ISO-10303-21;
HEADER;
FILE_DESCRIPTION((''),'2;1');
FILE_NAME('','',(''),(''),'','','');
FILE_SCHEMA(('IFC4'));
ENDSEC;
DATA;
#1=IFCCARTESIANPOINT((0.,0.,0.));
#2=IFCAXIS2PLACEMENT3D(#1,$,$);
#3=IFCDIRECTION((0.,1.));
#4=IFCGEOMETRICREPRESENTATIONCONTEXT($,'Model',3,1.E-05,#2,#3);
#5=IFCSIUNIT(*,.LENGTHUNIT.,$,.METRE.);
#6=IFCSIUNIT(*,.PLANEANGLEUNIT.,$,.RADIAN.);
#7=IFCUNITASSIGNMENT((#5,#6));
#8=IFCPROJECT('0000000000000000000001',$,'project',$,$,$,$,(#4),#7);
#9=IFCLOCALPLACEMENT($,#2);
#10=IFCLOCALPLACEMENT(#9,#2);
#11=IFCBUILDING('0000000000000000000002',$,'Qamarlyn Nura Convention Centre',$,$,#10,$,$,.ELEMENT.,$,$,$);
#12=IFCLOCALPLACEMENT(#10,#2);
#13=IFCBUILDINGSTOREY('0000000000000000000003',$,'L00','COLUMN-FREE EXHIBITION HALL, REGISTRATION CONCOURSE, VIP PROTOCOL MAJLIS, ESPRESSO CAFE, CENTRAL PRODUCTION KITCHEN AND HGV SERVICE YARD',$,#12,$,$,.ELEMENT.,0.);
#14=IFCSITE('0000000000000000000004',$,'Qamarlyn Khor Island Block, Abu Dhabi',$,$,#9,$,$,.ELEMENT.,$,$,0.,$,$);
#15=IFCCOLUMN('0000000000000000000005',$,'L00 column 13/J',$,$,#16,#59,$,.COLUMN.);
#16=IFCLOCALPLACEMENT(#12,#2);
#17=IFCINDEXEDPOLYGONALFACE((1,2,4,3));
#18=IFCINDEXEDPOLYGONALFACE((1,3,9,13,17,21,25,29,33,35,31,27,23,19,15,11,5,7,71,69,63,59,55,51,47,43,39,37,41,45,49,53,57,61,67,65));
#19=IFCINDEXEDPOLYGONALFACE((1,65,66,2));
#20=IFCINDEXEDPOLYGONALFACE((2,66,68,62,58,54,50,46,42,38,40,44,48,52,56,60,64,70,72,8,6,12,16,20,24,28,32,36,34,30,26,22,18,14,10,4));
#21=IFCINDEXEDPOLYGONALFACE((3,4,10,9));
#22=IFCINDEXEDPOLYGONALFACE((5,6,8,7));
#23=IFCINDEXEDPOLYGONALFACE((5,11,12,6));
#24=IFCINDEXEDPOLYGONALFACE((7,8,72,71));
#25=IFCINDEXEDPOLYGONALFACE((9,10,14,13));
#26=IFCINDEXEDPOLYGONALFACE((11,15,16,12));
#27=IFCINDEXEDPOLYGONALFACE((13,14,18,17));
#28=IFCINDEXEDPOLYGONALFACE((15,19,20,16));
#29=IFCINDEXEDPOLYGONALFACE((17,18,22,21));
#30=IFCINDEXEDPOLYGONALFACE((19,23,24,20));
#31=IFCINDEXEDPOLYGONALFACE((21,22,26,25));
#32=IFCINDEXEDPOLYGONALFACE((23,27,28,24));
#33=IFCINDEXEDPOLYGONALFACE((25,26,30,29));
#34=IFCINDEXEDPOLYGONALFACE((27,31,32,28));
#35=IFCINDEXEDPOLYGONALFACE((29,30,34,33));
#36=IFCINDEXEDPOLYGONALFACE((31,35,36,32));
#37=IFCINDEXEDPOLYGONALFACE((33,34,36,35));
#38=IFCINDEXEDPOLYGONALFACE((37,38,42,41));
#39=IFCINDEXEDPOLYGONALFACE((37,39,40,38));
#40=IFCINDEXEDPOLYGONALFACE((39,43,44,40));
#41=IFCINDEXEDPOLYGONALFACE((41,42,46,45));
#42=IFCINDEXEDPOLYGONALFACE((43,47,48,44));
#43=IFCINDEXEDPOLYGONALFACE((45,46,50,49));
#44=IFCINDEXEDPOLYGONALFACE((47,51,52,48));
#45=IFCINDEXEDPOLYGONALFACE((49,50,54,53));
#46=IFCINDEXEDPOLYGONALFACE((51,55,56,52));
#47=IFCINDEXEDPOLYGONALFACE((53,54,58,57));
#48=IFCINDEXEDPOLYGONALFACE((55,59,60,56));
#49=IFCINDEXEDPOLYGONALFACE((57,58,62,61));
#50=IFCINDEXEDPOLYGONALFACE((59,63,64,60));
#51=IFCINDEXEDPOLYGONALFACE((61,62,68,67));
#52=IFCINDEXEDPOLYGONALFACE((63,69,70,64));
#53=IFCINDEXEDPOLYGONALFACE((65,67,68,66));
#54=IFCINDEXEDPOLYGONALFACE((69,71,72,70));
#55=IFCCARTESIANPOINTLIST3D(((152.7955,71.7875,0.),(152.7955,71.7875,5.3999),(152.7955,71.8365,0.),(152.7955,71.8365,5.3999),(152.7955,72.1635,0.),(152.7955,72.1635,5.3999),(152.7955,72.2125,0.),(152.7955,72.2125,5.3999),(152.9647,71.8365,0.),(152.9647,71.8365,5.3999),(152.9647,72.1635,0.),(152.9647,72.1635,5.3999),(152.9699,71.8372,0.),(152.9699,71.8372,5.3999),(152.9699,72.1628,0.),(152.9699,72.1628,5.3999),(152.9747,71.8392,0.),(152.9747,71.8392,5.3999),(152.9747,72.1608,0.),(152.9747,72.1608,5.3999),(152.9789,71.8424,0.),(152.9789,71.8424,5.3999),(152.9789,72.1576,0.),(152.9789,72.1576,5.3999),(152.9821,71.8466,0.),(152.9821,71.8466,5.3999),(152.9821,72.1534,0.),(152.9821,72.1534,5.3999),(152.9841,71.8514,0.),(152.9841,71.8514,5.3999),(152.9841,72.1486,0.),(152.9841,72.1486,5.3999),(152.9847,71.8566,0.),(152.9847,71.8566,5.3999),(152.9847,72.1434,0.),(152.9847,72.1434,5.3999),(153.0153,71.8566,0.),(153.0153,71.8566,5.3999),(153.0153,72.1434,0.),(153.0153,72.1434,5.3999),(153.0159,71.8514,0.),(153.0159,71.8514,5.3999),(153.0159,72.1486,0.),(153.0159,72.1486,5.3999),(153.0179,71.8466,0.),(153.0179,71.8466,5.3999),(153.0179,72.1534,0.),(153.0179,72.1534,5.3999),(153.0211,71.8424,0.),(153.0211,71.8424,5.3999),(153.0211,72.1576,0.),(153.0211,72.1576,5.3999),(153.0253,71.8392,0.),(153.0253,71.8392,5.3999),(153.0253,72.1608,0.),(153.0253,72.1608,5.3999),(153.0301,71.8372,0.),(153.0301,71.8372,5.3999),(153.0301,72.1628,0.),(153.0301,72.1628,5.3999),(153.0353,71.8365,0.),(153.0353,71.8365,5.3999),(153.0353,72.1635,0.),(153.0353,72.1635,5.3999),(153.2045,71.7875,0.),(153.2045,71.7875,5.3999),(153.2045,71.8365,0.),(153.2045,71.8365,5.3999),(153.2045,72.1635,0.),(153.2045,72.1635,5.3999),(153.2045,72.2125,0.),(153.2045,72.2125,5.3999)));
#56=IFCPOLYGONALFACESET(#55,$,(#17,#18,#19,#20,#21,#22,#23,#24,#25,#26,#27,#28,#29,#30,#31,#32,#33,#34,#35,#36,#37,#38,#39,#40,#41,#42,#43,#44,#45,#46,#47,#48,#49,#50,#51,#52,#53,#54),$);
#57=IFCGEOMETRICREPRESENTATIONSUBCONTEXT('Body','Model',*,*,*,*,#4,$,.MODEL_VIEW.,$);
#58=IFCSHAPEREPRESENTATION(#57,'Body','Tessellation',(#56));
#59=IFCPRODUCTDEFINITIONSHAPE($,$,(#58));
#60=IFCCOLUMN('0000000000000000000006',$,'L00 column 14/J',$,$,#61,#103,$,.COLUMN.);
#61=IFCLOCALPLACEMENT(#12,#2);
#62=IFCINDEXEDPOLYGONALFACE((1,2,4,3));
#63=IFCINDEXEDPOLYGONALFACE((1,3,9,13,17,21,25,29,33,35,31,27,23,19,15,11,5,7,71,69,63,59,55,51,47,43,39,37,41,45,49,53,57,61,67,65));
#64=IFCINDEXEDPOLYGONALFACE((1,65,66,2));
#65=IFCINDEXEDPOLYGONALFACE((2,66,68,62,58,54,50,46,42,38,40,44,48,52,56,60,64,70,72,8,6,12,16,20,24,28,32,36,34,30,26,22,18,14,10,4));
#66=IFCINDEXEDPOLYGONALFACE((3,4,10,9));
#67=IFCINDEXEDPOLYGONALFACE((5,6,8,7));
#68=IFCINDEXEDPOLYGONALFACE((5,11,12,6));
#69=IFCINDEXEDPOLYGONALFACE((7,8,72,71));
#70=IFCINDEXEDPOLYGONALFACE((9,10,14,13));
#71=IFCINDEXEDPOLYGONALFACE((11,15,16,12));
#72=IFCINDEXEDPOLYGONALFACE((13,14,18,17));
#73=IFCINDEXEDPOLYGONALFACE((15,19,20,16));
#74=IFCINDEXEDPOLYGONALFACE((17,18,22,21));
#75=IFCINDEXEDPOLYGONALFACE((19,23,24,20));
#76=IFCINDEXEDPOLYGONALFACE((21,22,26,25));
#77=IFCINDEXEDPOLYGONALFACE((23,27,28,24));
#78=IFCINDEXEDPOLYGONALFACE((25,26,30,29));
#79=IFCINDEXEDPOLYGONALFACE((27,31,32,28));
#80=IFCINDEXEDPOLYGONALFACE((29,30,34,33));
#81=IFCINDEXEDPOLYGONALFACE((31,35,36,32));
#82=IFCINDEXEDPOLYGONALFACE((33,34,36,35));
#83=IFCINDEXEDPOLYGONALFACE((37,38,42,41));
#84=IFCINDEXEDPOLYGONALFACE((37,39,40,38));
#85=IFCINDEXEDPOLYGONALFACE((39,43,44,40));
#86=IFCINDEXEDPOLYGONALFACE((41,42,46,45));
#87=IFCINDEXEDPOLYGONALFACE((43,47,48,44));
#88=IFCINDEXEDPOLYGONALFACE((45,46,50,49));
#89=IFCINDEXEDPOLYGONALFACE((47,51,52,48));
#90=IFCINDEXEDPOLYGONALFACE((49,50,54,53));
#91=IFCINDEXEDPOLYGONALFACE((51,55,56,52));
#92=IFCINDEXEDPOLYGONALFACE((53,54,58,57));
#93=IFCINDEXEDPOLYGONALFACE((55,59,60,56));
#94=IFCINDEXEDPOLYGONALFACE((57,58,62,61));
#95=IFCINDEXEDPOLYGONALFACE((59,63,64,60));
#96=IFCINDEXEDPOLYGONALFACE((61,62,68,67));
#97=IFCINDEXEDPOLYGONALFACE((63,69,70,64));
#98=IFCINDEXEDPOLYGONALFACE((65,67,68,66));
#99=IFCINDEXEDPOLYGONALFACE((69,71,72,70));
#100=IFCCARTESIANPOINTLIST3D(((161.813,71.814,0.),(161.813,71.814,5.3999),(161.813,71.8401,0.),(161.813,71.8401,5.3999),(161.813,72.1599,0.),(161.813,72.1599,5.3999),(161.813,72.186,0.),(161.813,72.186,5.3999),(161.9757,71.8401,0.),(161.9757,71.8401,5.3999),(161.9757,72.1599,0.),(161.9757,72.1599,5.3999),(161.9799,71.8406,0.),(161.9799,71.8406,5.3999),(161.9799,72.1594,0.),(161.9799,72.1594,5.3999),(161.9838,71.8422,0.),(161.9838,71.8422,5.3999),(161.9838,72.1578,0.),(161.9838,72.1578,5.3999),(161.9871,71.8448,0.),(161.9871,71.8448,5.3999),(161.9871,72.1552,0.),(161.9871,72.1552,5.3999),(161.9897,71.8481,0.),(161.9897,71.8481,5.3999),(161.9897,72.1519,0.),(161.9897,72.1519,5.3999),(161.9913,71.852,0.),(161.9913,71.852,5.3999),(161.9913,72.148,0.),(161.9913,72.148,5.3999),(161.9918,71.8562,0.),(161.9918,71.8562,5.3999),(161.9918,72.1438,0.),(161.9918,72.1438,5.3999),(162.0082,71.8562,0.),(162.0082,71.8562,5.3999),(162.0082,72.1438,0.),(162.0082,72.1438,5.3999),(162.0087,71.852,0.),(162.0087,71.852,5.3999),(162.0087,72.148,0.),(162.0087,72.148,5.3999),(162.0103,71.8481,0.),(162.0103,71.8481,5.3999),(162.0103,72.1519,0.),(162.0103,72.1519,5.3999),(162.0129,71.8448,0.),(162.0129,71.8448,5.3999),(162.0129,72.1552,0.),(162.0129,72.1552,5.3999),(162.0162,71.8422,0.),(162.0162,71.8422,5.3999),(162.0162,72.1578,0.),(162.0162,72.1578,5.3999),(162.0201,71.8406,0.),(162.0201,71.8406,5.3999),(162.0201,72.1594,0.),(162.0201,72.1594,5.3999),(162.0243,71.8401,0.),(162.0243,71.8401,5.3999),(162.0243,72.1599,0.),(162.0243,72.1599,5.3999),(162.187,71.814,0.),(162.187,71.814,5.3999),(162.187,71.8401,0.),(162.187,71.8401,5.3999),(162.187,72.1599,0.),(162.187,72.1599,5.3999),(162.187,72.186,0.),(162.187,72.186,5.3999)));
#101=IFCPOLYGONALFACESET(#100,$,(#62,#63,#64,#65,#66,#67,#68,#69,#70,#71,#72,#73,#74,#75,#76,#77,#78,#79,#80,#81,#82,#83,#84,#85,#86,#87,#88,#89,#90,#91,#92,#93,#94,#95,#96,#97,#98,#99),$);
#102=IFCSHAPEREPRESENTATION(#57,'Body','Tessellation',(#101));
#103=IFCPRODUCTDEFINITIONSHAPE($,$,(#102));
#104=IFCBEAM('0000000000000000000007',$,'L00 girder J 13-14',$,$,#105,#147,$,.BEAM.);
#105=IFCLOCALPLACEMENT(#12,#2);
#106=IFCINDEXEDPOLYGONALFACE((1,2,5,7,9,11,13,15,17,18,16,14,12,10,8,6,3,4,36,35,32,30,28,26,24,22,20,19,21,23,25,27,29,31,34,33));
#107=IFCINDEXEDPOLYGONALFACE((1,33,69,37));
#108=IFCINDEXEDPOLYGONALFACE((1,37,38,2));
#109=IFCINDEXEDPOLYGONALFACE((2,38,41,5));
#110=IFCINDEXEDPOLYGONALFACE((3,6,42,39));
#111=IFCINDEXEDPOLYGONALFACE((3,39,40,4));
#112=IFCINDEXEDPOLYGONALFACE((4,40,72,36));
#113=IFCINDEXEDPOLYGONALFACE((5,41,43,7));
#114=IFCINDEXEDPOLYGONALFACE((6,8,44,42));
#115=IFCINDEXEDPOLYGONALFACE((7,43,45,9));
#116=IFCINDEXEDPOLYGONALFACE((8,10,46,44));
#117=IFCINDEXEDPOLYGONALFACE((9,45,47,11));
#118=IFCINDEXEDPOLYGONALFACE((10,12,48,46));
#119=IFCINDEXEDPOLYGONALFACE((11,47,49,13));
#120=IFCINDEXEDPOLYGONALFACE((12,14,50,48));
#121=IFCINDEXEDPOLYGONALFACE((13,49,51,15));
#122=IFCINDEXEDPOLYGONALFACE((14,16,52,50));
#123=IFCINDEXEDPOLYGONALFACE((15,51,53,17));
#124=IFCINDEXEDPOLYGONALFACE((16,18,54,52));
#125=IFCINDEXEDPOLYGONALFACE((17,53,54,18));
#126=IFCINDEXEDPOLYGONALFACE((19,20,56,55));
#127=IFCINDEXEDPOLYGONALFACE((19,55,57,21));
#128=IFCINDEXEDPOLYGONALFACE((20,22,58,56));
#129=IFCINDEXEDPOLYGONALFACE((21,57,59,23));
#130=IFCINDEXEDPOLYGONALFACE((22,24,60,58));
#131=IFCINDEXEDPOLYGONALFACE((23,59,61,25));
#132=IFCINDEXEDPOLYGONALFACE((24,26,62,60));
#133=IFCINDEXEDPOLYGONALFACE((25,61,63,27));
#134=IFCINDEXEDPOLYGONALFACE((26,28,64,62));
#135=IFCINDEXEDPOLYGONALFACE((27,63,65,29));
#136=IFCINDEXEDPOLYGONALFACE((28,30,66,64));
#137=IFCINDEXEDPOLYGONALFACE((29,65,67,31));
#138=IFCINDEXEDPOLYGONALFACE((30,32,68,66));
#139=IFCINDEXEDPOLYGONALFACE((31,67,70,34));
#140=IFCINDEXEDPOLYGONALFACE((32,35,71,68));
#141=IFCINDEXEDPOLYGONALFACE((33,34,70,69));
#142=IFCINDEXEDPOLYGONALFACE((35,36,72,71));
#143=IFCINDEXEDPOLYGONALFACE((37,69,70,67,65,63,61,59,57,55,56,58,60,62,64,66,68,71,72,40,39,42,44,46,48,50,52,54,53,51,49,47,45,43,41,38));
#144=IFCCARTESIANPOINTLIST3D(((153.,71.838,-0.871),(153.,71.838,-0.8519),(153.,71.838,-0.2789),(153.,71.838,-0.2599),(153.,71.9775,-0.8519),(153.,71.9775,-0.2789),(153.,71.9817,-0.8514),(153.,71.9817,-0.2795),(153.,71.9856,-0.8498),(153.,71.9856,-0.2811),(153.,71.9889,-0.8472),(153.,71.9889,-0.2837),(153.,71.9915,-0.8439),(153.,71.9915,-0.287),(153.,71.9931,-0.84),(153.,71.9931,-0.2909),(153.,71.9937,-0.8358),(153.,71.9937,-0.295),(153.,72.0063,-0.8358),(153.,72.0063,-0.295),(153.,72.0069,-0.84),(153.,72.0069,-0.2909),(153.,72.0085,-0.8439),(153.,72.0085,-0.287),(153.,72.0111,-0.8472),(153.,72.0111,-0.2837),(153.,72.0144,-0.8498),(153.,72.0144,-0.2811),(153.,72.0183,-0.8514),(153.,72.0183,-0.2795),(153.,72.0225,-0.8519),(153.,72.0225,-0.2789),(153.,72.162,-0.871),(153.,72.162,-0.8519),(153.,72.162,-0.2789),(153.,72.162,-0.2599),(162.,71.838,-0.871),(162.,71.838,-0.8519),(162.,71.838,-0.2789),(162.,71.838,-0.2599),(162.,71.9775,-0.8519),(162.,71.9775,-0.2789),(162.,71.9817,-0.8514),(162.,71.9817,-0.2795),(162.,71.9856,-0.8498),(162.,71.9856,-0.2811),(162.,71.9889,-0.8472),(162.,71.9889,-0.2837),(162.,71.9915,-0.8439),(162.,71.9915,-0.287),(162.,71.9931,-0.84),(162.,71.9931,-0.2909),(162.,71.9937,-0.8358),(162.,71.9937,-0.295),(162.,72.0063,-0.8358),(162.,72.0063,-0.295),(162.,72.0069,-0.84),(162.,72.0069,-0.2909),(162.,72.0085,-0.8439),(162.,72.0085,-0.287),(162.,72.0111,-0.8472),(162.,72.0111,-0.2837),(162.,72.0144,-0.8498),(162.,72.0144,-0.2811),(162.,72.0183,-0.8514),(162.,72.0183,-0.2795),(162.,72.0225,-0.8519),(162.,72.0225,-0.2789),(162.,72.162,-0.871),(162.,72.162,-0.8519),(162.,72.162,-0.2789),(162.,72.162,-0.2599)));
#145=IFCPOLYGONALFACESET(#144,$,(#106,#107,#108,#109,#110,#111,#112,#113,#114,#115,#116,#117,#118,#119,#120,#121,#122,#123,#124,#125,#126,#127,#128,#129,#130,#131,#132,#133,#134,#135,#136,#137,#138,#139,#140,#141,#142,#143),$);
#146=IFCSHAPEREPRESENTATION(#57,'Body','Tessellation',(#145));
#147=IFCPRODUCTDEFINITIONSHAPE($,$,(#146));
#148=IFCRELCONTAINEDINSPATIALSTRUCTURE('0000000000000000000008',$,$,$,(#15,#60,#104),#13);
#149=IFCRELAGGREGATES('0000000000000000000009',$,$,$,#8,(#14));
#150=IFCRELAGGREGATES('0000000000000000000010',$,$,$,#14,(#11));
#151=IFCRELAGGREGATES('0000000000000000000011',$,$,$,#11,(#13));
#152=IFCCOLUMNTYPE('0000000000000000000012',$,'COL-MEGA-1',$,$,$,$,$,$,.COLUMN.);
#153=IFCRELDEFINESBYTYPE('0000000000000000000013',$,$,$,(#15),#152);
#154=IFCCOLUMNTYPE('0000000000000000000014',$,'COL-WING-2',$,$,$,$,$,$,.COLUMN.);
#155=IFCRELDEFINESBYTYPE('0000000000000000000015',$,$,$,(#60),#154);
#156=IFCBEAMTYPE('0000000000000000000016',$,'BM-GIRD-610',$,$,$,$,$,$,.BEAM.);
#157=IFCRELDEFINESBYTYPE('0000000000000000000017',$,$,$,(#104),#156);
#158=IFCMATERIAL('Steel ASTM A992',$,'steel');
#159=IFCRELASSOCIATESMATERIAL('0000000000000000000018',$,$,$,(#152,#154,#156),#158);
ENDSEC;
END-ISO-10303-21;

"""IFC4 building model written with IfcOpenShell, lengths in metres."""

from ifc_helpers import new_model, si_unit, direction, frame, origin, origin_2d, place, context, subcontext, project, spatial, i_section, extrude, material, material_profile, profile_set, type_object, element, save


model = new_model("IFC4")

# Units and contexts
model_context = context("Model", 3, precision=1e-05, world=origin(), true_north=direction((0.0, 1.0)))
body_context = subcontext(model_context, "Body", "Model", "MODEL_VIEW")
ifc_project = project(units=[si_unit("LENGTHUNIT", "METRE"), si_unit("PLANEANGLEUNIT", "RADIAN")], contexts=[model_context])

# Site, building, storey
site_placement = place(None, origin())
site = spatial("IfcSite", under=ifc_project, at=site_placement, Name="Qamarlyn Khor Island Block, Abu Dhabi", CompositionType="ELEMENT", RefElevation=0.0)
building_placement = place(site_placement, origin())
building = spatial("IfcBuilding", under=site, at=building_placement, Name="Qamarlyn Nura Convention Centre", CompositionType="ELEMENT")
storey_placement = place(building_placement, origin())
storey = spatial("IfcBuildingStorey", under=building, at=storey_placement, Name="L00", Description="COLUMN-FREE EXHIBITION HALL, REGISTRATION CONCOURSE, VIP PROTOCOL MAJLIS, ESPRESSO CAFE, CENTRAL PRODUCTION KITCHEN AND HGV SERVICE YARD", CompositionType="ELEMENT", Elevation=0.0)

# Columns
ifc_material_1 = material(Name="Steel ASTM A992", Category="steel")
ifc_material_profile_1 = material_profile(ifc_material_1, i_section(OverallWidth=0.4089, OverallDepth=0.425, WebThickness=0.0305, FlangeThickness=0.0491, FilletRadius=0.02, at=origin_2d()), Name="W360X421")
ifc_profile_set_1 = profile_set([ifc_material_profile_1], Name="Steel ASTM A992")
column_type_1 = type_object("IfcColumnType", Name="COL-MEGA-1", PredefinedType="COLUMN", material=ifc_profile_set_1)
column_1_placement = place(storey_placement, frame((153.0, 72.0, 0.0), z_axis=(0.0, 0.0, 1.0), x_axis=(1.0, 0.0, 0.0)))
element("IfcColumn", 1, at=column_1_placement, inside=storey, type_object=column_type_1, Name="L00 column 13/J", PredefinedType="COLUMN", context=body_context, shape_type="SweptSolid", body=[
    extrude(i_section(OverallWidth=0.4089, OverallDepth=0.425, WebThickness=0.0305, FlangeThickness=0.0491, FilletRadius=0.02, at=origin_2d()), origin(), (0.0, 0.0, 1.0), 5.3999),
])
ifc_material_profile_2 = material_profile(ifc_material_1, i_section(OverallWidth=0.374, OverallDepth=0.3721, WebThickness=0.0164, FlangeThickness=0.0261, FilletRadius=0.0161, at=origin_2d()), Name="W360X196")
ifc_profile_set_2 = profile_set([ifc_material_profile_2], Name="Steel ASTM A992")
column_type_2 = type_object("IfcColumnType", Name="COL-WING-2", PredefinedType="COLUMN", material=ifc_profile_set_2)
column_2_placement = place(storey_placement, frame((162.0, 72.0, 0.0), z_axis=(0.0, 0.0, 1.0), x_axis=(1.0, 0.0, 0.0)))
element("IfcColumn", 2, at=column_2_placement, inside=storey, type_object=column_type_2, Name="L00 column 14/J", PredefinedType="COLUMN", context=body_context, shape_type="SweptSolid", body=[
    extrude(i_section(OverallWidth=0.374, OverallDepth=0.3721, WebThickness=0.0164, FlangeThickness=0.0261, FilletRadius=0.0161, at=origin_2d()), origin(), (0.0, 0.0, 1.0), 5.3999),
])

# Beam
ifc_material_profile_3 = material_profile(ifc_material_1, i_section(OverallWidth=0.324, OverallDepth=0.6111, WebThickness=0.0127, FlangeThickness=0.019, FilletRadius=0.0161, at=origin_2d()), Name="W610X155")
ifc_profile_set_3 = profile_set([ifc_material_profile_3], Name="Steel ASTM A992")
beam_type_1 = type_object("IfcBeamType", Name="BM-GIRD-610", PredefinedType="BEAM", material=ifc_profile_set_3)
beam_1_placement = place(storey_placement, frame((153.0, 72.0, -0.5654), z_axis=(1.0, 0.0, 0.0), x_axis=(0.0, 1.0, 0.0)))
element("IfcBeam", 3, at=beam_1_placement, inside=storey, type_object=beam_type_1, Name="L00 girder J 13-14", PredefinedType="BEAM", context=body_context, shape_type="SweptSolid", body=[
    extrude(i_section(OverallWidth=0.324, OverallDepth=0.6111, WebThickness=0.0127, FlangeThickness=0.019, FilletRadius=0.0161, at=origin_2d()), origin(), (0.0, 0.0, 1.0), 9.0),
])

save(model, "model.ifc")
